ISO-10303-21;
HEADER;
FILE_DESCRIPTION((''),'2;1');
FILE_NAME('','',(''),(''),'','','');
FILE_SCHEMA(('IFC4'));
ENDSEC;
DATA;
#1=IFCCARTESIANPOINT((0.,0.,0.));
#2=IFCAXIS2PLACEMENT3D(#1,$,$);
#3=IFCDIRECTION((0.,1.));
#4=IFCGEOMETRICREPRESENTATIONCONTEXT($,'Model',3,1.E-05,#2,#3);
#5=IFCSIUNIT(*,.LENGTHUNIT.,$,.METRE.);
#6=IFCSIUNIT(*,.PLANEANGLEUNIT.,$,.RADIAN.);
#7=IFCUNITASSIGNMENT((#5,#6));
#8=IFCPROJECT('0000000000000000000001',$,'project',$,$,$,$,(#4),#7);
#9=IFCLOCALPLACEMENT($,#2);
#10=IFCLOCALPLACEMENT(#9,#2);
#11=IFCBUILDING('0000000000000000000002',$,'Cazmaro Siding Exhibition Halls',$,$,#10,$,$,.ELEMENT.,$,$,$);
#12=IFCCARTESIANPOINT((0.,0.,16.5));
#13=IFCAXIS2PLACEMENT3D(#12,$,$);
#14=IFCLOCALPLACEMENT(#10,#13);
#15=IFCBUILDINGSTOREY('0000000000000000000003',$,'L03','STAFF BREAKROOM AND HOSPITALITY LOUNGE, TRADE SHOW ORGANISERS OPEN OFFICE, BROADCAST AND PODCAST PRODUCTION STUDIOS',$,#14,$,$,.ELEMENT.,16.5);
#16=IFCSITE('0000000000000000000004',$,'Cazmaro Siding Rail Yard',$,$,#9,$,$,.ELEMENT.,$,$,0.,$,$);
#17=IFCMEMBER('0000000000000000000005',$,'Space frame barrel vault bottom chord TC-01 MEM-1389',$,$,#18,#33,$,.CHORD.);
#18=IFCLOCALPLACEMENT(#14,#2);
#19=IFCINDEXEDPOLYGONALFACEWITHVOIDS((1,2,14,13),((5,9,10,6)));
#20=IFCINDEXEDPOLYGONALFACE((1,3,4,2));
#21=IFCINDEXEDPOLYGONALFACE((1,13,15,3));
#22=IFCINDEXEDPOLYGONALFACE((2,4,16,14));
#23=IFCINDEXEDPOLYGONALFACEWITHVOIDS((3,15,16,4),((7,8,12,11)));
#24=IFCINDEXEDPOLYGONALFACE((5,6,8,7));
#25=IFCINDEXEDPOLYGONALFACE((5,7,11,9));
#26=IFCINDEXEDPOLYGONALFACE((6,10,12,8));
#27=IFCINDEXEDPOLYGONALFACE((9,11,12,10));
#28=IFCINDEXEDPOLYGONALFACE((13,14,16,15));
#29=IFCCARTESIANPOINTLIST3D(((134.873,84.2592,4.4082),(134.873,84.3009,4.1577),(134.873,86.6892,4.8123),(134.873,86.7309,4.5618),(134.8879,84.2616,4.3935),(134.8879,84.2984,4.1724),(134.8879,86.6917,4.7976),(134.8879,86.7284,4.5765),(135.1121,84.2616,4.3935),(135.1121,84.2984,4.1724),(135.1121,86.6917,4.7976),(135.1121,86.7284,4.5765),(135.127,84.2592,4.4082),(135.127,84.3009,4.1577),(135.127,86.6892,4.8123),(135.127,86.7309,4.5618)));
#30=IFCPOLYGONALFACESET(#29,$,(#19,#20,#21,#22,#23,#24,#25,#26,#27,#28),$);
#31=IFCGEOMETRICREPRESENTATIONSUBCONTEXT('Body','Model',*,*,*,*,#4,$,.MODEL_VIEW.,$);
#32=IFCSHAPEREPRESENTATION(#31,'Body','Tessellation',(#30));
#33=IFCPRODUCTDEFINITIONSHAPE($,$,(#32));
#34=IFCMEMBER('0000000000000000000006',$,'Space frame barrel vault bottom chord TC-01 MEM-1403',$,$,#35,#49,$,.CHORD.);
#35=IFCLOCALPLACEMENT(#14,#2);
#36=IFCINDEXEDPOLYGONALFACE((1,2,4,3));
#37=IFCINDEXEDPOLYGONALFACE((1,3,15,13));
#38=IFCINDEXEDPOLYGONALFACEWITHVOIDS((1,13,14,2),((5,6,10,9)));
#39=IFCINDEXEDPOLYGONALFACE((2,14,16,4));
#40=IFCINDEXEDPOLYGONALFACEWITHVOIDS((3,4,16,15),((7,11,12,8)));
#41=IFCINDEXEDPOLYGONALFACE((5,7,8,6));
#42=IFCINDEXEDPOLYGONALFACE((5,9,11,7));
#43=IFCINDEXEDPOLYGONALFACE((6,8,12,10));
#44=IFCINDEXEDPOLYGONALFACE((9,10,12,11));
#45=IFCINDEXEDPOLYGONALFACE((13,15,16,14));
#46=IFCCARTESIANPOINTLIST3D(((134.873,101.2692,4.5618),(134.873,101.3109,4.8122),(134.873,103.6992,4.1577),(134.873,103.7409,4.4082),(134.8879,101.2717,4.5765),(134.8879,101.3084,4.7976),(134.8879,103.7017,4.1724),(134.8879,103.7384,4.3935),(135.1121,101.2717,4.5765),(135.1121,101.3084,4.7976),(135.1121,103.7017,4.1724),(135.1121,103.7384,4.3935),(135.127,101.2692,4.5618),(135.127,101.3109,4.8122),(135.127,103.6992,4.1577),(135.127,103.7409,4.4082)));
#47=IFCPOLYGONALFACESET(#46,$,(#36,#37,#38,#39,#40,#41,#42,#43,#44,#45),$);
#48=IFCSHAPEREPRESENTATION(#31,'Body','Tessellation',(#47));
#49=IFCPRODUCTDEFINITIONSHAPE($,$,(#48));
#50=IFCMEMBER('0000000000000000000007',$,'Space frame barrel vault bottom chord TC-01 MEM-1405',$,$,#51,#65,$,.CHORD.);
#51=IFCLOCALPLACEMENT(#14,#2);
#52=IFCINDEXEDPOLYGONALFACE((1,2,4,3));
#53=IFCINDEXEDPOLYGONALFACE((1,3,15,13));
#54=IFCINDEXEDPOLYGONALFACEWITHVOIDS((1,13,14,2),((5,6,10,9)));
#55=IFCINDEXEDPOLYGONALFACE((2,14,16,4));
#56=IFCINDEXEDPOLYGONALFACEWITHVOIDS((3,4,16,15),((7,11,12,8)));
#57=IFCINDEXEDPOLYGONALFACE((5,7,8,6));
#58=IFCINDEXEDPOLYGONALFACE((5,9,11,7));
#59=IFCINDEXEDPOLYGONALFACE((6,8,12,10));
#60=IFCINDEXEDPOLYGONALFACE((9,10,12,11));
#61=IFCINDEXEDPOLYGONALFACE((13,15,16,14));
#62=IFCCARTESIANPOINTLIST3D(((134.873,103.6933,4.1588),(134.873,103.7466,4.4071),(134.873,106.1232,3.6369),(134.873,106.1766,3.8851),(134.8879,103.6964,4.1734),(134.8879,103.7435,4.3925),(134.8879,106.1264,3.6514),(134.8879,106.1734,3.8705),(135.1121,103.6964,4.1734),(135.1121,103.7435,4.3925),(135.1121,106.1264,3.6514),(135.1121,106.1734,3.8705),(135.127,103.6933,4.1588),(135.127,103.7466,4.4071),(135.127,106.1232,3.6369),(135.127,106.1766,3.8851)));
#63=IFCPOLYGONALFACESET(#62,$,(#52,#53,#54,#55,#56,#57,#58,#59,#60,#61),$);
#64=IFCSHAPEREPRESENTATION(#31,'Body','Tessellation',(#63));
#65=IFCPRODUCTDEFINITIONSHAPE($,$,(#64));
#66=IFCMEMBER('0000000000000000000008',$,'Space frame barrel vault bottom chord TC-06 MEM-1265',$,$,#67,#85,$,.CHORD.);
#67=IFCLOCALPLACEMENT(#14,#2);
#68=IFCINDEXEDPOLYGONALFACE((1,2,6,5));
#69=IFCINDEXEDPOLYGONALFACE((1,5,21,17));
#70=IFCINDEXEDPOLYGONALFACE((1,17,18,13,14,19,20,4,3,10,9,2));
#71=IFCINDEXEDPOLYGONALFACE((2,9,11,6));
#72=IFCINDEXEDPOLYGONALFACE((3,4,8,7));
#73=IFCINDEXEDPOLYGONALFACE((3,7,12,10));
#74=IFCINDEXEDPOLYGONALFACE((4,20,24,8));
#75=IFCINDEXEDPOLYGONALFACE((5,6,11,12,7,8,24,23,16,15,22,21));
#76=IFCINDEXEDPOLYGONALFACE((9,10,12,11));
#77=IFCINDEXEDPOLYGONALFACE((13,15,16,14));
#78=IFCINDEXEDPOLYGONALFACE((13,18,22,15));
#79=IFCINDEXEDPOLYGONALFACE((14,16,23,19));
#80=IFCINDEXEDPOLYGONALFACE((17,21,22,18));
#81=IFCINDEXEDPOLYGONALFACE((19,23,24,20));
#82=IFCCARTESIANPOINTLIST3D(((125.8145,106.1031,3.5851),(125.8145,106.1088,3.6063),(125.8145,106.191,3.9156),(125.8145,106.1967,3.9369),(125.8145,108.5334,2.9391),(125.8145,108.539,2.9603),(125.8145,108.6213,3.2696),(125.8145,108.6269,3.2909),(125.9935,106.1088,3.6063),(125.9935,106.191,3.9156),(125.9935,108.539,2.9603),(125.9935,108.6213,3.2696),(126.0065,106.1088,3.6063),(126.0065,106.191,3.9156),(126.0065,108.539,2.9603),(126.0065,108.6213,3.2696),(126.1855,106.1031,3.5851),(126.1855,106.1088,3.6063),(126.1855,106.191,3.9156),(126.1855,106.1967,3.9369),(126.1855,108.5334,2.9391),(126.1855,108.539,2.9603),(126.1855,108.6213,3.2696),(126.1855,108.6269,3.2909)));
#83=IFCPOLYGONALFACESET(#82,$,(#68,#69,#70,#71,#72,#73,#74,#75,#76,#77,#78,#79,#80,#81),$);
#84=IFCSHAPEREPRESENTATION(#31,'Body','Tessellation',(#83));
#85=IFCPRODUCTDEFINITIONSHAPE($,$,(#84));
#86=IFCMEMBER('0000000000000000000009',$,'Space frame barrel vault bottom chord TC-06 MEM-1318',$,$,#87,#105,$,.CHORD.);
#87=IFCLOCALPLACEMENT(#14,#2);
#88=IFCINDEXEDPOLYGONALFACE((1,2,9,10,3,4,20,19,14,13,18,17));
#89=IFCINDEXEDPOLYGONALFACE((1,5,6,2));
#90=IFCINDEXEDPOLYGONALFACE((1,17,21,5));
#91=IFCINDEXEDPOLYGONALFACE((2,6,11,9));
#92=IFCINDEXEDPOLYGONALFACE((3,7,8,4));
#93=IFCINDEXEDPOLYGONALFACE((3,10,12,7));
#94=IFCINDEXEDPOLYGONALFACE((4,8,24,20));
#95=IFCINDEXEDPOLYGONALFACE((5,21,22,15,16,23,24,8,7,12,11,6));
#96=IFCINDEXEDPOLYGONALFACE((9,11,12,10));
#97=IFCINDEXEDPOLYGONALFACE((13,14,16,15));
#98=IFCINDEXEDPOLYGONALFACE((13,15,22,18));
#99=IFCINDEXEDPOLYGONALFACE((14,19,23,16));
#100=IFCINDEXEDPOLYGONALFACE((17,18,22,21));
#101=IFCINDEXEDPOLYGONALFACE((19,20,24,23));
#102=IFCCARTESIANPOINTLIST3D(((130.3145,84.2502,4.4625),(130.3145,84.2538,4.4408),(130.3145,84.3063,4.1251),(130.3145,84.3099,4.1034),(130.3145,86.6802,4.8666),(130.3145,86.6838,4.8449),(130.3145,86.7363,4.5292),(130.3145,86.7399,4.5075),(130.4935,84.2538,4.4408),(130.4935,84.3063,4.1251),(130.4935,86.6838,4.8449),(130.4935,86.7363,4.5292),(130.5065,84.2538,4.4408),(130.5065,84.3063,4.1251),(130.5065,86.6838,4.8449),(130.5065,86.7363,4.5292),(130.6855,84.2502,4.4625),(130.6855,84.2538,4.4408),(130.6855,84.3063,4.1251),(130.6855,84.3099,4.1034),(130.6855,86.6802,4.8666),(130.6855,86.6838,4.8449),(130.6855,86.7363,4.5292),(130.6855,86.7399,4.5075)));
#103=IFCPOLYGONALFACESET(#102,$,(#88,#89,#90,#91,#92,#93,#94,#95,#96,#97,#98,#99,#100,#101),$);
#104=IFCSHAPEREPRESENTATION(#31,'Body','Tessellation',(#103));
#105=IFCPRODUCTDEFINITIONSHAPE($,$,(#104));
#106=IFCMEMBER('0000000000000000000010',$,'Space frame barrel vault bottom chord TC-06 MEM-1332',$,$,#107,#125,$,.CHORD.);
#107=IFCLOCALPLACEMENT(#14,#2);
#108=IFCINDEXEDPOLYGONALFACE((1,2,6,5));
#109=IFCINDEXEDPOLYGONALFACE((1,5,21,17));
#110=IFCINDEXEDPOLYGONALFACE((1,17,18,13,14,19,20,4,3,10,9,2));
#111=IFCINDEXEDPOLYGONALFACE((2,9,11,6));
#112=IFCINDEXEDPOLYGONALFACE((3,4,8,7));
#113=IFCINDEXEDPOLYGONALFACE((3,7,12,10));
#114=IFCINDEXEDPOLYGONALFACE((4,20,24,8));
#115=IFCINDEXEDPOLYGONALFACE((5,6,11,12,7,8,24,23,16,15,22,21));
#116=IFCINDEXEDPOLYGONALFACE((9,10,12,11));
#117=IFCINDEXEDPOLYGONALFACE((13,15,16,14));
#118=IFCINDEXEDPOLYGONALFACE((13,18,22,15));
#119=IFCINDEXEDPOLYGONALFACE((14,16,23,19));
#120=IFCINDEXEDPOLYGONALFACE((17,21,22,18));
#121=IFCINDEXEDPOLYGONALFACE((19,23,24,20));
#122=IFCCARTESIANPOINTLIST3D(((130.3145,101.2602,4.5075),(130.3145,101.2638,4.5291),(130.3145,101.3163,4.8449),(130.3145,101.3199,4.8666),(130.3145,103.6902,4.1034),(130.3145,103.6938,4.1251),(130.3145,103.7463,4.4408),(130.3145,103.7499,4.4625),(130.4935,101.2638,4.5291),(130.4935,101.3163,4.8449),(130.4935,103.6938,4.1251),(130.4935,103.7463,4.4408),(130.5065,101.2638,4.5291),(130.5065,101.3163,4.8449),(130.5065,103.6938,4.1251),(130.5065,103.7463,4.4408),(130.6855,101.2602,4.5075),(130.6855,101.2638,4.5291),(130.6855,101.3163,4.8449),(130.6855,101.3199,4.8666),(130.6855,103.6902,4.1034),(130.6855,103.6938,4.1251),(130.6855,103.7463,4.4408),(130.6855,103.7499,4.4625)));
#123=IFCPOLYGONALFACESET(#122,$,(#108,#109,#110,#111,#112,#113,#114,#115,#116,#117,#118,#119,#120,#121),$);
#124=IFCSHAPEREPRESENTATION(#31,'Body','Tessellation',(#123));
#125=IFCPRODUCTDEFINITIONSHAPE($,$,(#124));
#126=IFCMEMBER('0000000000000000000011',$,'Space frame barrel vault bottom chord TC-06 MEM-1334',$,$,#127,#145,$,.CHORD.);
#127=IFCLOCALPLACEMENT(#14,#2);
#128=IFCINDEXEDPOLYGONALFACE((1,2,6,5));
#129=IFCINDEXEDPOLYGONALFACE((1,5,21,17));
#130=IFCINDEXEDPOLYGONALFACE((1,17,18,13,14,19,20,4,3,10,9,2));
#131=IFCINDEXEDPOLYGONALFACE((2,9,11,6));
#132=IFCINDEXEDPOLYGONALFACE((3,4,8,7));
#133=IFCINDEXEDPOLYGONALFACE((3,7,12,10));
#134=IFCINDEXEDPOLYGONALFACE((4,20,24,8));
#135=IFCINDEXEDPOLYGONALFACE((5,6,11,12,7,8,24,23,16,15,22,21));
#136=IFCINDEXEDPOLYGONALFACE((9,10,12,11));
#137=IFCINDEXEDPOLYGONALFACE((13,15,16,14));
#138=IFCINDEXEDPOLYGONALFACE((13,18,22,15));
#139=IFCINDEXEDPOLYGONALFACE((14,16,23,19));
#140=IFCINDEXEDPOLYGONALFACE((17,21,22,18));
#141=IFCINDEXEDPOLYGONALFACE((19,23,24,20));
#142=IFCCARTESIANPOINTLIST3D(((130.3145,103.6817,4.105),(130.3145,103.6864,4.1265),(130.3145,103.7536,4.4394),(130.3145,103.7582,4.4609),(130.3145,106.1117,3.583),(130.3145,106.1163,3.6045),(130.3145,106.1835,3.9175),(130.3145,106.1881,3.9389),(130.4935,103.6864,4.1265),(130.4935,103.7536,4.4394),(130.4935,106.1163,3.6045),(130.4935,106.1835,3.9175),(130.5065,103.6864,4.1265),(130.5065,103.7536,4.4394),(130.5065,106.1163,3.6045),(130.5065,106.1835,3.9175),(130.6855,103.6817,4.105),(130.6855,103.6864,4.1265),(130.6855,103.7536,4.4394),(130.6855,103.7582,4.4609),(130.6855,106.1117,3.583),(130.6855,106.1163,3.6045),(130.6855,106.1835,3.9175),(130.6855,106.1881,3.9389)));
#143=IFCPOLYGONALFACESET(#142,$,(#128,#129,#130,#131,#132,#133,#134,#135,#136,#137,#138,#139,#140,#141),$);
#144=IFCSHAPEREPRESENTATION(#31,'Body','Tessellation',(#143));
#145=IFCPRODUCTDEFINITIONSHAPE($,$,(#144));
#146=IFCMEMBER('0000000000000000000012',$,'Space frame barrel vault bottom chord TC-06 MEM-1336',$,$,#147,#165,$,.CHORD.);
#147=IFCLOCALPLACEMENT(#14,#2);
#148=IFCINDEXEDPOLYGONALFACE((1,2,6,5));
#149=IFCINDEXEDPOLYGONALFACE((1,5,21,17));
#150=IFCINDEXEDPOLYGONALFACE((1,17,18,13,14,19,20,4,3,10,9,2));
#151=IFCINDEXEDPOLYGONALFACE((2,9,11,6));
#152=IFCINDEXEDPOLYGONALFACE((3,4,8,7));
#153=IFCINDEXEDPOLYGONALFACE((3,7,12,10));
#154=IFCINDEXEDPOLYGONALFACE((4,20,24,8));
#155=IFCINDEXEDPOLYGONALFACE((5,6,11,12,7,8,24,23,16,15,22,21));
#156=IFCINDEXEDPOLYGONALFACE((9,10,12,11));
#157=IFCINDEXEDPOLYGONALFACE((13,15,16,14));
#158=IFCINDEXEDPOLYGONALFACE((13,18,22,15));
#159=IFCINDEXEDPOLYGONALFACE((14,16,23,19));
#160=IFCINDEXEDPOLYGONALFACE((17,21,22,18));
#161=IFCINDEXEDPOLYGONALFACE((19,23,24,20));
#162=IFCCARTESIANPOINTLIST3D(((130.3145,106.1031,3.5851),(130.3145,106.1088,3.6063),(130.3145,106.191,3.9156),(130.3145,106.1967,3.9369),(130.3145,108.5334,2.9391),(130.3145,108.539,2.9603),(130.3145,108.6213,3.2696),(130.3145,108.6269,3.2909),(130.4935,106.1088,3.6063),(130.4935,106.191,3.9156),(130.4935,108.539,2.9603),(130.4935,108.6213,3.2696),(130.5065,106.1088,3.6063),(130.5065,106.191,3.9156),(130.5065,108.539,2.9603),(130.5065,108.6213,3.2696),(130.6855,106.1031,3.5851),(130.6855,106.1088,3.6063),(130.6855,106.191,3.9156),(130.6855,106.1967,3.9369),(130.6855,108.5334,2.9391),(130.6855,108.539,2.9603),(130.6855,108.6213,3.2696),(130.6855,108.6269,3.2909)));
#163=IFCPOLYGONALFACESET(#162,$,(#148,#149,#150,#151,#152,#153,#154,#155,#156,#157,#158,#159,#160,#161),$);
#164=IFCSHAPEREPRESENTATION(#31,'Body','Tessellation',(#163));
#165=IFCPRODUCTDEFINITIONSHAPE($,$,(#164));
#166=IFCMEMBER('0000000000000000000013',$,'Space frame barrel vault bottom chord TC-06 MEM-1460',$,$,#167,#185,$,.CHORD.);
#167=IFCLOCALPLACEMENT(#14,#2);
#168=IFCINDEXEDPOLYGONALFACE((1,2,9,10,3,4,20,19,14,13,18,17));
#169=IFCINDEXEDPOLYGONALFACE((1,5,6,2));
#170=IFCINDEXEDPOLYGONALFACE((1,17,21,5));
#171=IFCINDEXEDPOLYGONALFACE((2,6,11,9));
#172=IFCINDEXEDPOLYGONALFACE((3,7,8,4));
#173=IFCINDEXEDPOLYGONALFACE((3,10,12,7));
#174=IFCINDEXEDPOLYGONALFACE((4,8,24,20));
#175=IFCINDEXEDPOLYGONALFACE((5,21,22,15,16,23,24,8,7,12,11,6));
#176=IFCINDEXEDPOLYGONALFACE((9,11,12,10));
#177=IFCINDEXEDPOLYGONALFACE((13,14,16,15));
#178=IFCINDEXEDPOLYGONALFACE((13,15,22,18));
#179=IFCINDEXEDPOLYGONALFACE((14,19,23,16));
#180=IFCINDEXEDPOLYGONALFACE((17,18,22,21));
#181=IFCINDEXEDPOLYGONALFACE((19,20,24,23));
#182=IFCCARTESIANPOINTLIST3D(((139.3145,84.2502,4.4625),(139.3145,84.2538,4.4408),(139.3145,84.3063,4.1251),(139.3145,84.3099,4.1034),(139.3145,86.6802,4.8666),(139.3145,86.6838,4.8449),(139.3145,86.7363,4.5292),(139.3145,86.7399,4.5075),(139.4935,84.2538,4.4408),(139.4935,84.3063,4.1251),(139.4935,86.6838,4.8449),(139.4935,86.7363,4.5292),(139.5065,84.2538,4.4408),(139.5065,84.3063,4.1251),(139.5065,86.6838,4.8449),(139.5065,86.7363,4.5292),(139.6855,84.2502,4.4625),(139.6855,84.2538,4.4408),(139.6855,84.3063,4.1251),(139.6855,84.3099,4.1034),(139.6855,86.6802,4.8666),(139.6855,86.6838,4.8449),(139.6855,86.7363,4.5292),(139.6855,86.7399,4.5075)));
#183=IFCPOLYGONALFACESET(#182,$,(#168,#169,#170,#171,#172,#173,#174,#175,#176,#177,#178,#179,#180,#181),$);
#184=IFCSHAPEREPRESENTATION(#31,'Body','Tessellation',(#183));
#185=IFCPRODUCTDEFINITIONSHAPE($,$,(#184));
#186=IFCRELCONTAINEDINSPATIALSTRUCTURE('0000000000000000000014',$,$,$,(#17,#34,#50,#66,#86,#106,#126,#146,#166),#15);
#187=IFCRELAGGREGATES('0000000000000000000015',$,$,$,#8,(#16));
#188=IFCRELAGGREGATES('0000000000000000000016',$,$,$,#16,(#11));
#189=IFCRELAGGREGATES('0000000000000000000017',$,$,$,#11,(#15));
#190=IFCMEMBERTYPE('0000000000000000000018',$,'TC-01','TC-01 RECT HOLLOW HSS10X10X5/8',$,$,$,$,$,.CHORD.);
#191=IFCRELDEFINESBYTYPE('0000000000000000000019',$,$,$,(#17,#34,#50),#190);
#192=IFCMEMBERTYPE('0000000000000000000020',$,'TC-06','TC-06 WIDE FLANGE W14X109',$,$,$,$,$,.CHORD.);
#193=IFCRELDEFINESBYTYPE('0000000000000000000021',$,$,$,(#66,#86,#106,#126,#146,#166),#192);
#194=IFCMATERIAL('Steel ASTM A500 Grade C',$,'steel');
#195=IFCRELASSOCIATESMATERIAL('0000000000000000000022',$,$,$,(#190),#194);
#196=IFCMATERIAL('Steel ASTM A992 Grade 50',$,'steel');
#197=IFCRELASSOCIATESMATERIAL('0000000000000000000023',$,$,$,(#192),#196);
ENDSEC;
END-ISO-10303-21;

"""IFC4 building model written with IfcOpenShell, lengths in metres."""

from ifc_helpers import new_model, si_unit, direction, frame, origin, origin_2d, place, context, subcontext, project, spatial, hollow_rectangle, i_section, extrude, material, material_profile, profile_set, type_object, element, save


model = new_model("IFC4")

# Units and contexts
model_context = context("Model", 3, precision=1e-05, world=origin(), true_north=direction((0.0, 1.0)))
body_context = subcontext(model_context, "Body", "Model", "MODEL_VIEW")
ifc_project = project(units=[si_unit("LENGTHUNIT", "METRE"), si_unit("PLANEANGLEUNIT", "RADIAN")], contexts=[model_context])

# Site, building, storey
site_placement = place(None, origin())
site = spatial("IfcSite", under=ifc_project, at=site_placement, Name="Cazmaro Siding Rail Yard", CompositionType="ELEMENT", RefElevation=0.0)
building_placement = place(site_placement, origin())
building = spatial("IfcBuilding", under=site, at=building_placement, Name="Cazmaro Siding Exhibition Halls", CompositionType="ELEMENT")
storey_placement = place(building_placement, frame((0.0, 0.0, 16.5)))
storey = spatial("IfcBuildingStorey", under=building, at=storey_placement, Name="L03", Description="STAFF BREAKROOM AND HOSPITALITY LOUNGE, TRADE SHOW ORGANISERS OPEN OFFICE, BROADCAST AND PODCAST PRODUCTION STUDIOS", CompositionType="ELEMENT", Elevation=16.5)

# Members
ifc_material_1 = material(Name="Steel ASTM A500 Grade C", Category="steel")
ifc_material_profile_1 = material_profile(ifc_material_1, hollow_rectangle(XDim=0.2539, YDim=0.2539, WallThickness=0.0149, at=origin_2d()), Name="HSS10X10X5/8")
ifc_profile_set_1 = profile_set([ifc_material_profile_1], Name="Steel ASTM A500 Grade C")
member_type_1 = type_object("IfcMemberType", Name="TC-01", Description="TC-01 RECT HOLLOW HSS10X10X5/8", PredefinedType="CHORD", material=ifc_profile_set_1)
for number, where, z_axis, x_axis, name in (
    (1, (135.0, 84.28, 4.283), (0.0, 0.986455, 0.164029), (-1.0, 0.0, 0.0), "Space frame barrel vault bottom chord TC-01 MEM-1389"),
    (2, (135.0, 101.29, 4.687), (0.0, 0.986455, -0.164029), (-1.0, 0.0, 0.0), "Space frame barrel vault bottom chord TC-01 MEM-1403"),
):
    element("IfcMember", number, at=place(storey_placement, frame(where, z_axis=z_axis, x_axis=x_axis)), inside=storey, type_object=member_type_1, Name=name, PredefinedType="CHORD", context=body_context, shape_type="SweptSolid", body=[
        extrude(hollow_rectangle(XDim=0.2539, YDim=0.2539, WallThickness=0.0149, at=origin_2d()), origin(), (0.0, 0.0, 1.0), 2.4634),
    ])
member_1_placement = place(storey_placement, frame((135.0, 103.72, 4.283), z_axis=(0.0, 0.977697, -0.210019), x_axis=(-1.0, 0.0, 0.0)))
element("IfcMember", 3, at=member_1_placement, inside=storey, type_object=member_type_1, Name="Space frame barrel vault bottom chord TC-01 MEM-1405", PredefinedType="CHORD", context=body_context, shape_type="SweptSolid", body=[
    extrude(hollow_rectangle(XDim=0.2539, YDim=0.2539, WallThickness=0.0149, at=origin_2d()), origin(), (0.0, 0.0, 1.0), 2.4854),
])
ifc_material_2 = material(Name="Steel ASTM A992 Grade 50", Category="steel")
ifc_material_profile_2 = material_profile(ifc_material_2, i_section(OverallWidth=0.3711, OverallDepth=0.364, WebThickness=0.0129, FlangeThickness=0.022, at=origin_2d()), Name="W14X109")
ifc_profile_set_2 = profile_set([ifc_material_profile_2], Name="Steel ASTM A992 Grade 50")
member_type_2 = type_object("IfcMemberType", Name="TC-06", Description="TC-06 WIDE FLANGE W14X109", PredefinedType="CHORD", material=ifc_profile_set_2)
member_2_placement = place(storey_placement, frame((126.0, 106.1499, 3.761), z_axis=(0.0, 0.966438, -0.256901), x_axis=(-1.0, 0.0, 0.0)))
element("IfcMember", 4, at=member_2_placement, inside=storey, type_object=member_type_2, Name="Space frame barrel vault bottom chord TC-06 MEM-1265", PredefinedType="CHORD", context=body_context, shape_type="SweptSolid", body=[
    extrude(i_section(OverallWidth=0.3711, OverallDepth=0.364, WebThickness=0.0129, FlangeThickness=0.022, at=origin_2d()), origin(), (0.0, 0.0, 1.0), 2.5146),
])
for number, where, z_axis, x_axis, name in (
    (5, (130.5, 84.28, 4.283), (0.0, 0.986455, 0.164029), (-1.0, 0.0, 0.0), "Space frame barrel vault bottom chord TC-06 MEM-1318"),
    (6, (130.5, 101.29, 4.687), (0.0, 0.986455, -0.164029), (-1.0, 0.0, 0.0), "Space frame barrel vault bottom chord TC-06 MEM-1332"),
):
    element("IfcMember", number, at=place(storey_placement, frame(where, z_axis=z_axis, x_axis=x_axis)), inside=storey, type_object=member_type_2, Name=name, PredefinedType="CHORD", context=body_context, shape_type="SweptSolid", body=[
        extrude(i_section(OverallWidth=0.3711, OverallDepth=0.364, WebThickness=0.0129, FlangeThickness=0.022, at=origin_2d()), origin(), (0.0, 0.0, 1.0), 2.4634),
    ])
member_3_placement = place(storey_placement, frame((130.5, 103.72, 4.283), z_axis=(0.0, 0.977697, -0.210019), x_axis=(-1.0, 0.0, 0.0)))
element("IfcMember", 7, at=member_3_placement, inside=storey, type_object=member_type_2, Name="Space frame barrel vault bottom chord TC-06 MEM-1334", PredefinedType="CHORD", context=body_context, shape_type="SweptSolid", body=[
    extrude(i_section(OverallWidth=0.3711, OverallDepth=0.364, WebThickness=0.0129, FlangeThickness=0.022, at=origin_2d()), origin(), (0.0, 0.0, 1.0), 2.4854),
])
member_4_placement = place(storey_placement, frame((130.5, 106.1499, 3.761), z_axis=(0.0, 0.966438, -0.256901), x_axis=(-1.0, 0.0, 0.0)))
element("IfcMember", 8, at=member_4_placement, inside=storey, type_object=member_type_2, Name="Space frame barrel vault bottom chord TC-06 MEM-1336", PredefinedType="CHORD", context=body_context, shape_type="SweptSolid", body=[
    extrude(i_section(OverallWidth=0.3711, OverallDepth=0.364, WebThickness=0.0129, FlangeThickness=0.022, at=origin_2d()), origin(), (0.0, 0.0, 1.0), 2.5146),
])
for number, where, z_axis, x_axis, name in (
    (9, (139.5, 84.28, 4.283), (0.0, 0.986455, 0.164029), (-1.0, 0.0, 0.0), "Space frame barrel vault bottom chord TC-06 MEM-1460"),
):
    element("IfcMember", number, at=place(storey_placement, frame(where, z_axis=z_axis, x_axis=x_axis)), inside=storey, type_object=member_type_2, Name=name, PredefinedType="CHORD", context=body_context, shape_type="SweptSolid", body=[
        extrude(i_section(OverallWidth=0.3711, OverallDepth=0.364, WebThickness=0.0129, FlangeThickness=0.022, at=origin_2d()), origin(), (0.0, 0.0, 1.0), 2.4634),
    ])

save(model, "model.ifc")
